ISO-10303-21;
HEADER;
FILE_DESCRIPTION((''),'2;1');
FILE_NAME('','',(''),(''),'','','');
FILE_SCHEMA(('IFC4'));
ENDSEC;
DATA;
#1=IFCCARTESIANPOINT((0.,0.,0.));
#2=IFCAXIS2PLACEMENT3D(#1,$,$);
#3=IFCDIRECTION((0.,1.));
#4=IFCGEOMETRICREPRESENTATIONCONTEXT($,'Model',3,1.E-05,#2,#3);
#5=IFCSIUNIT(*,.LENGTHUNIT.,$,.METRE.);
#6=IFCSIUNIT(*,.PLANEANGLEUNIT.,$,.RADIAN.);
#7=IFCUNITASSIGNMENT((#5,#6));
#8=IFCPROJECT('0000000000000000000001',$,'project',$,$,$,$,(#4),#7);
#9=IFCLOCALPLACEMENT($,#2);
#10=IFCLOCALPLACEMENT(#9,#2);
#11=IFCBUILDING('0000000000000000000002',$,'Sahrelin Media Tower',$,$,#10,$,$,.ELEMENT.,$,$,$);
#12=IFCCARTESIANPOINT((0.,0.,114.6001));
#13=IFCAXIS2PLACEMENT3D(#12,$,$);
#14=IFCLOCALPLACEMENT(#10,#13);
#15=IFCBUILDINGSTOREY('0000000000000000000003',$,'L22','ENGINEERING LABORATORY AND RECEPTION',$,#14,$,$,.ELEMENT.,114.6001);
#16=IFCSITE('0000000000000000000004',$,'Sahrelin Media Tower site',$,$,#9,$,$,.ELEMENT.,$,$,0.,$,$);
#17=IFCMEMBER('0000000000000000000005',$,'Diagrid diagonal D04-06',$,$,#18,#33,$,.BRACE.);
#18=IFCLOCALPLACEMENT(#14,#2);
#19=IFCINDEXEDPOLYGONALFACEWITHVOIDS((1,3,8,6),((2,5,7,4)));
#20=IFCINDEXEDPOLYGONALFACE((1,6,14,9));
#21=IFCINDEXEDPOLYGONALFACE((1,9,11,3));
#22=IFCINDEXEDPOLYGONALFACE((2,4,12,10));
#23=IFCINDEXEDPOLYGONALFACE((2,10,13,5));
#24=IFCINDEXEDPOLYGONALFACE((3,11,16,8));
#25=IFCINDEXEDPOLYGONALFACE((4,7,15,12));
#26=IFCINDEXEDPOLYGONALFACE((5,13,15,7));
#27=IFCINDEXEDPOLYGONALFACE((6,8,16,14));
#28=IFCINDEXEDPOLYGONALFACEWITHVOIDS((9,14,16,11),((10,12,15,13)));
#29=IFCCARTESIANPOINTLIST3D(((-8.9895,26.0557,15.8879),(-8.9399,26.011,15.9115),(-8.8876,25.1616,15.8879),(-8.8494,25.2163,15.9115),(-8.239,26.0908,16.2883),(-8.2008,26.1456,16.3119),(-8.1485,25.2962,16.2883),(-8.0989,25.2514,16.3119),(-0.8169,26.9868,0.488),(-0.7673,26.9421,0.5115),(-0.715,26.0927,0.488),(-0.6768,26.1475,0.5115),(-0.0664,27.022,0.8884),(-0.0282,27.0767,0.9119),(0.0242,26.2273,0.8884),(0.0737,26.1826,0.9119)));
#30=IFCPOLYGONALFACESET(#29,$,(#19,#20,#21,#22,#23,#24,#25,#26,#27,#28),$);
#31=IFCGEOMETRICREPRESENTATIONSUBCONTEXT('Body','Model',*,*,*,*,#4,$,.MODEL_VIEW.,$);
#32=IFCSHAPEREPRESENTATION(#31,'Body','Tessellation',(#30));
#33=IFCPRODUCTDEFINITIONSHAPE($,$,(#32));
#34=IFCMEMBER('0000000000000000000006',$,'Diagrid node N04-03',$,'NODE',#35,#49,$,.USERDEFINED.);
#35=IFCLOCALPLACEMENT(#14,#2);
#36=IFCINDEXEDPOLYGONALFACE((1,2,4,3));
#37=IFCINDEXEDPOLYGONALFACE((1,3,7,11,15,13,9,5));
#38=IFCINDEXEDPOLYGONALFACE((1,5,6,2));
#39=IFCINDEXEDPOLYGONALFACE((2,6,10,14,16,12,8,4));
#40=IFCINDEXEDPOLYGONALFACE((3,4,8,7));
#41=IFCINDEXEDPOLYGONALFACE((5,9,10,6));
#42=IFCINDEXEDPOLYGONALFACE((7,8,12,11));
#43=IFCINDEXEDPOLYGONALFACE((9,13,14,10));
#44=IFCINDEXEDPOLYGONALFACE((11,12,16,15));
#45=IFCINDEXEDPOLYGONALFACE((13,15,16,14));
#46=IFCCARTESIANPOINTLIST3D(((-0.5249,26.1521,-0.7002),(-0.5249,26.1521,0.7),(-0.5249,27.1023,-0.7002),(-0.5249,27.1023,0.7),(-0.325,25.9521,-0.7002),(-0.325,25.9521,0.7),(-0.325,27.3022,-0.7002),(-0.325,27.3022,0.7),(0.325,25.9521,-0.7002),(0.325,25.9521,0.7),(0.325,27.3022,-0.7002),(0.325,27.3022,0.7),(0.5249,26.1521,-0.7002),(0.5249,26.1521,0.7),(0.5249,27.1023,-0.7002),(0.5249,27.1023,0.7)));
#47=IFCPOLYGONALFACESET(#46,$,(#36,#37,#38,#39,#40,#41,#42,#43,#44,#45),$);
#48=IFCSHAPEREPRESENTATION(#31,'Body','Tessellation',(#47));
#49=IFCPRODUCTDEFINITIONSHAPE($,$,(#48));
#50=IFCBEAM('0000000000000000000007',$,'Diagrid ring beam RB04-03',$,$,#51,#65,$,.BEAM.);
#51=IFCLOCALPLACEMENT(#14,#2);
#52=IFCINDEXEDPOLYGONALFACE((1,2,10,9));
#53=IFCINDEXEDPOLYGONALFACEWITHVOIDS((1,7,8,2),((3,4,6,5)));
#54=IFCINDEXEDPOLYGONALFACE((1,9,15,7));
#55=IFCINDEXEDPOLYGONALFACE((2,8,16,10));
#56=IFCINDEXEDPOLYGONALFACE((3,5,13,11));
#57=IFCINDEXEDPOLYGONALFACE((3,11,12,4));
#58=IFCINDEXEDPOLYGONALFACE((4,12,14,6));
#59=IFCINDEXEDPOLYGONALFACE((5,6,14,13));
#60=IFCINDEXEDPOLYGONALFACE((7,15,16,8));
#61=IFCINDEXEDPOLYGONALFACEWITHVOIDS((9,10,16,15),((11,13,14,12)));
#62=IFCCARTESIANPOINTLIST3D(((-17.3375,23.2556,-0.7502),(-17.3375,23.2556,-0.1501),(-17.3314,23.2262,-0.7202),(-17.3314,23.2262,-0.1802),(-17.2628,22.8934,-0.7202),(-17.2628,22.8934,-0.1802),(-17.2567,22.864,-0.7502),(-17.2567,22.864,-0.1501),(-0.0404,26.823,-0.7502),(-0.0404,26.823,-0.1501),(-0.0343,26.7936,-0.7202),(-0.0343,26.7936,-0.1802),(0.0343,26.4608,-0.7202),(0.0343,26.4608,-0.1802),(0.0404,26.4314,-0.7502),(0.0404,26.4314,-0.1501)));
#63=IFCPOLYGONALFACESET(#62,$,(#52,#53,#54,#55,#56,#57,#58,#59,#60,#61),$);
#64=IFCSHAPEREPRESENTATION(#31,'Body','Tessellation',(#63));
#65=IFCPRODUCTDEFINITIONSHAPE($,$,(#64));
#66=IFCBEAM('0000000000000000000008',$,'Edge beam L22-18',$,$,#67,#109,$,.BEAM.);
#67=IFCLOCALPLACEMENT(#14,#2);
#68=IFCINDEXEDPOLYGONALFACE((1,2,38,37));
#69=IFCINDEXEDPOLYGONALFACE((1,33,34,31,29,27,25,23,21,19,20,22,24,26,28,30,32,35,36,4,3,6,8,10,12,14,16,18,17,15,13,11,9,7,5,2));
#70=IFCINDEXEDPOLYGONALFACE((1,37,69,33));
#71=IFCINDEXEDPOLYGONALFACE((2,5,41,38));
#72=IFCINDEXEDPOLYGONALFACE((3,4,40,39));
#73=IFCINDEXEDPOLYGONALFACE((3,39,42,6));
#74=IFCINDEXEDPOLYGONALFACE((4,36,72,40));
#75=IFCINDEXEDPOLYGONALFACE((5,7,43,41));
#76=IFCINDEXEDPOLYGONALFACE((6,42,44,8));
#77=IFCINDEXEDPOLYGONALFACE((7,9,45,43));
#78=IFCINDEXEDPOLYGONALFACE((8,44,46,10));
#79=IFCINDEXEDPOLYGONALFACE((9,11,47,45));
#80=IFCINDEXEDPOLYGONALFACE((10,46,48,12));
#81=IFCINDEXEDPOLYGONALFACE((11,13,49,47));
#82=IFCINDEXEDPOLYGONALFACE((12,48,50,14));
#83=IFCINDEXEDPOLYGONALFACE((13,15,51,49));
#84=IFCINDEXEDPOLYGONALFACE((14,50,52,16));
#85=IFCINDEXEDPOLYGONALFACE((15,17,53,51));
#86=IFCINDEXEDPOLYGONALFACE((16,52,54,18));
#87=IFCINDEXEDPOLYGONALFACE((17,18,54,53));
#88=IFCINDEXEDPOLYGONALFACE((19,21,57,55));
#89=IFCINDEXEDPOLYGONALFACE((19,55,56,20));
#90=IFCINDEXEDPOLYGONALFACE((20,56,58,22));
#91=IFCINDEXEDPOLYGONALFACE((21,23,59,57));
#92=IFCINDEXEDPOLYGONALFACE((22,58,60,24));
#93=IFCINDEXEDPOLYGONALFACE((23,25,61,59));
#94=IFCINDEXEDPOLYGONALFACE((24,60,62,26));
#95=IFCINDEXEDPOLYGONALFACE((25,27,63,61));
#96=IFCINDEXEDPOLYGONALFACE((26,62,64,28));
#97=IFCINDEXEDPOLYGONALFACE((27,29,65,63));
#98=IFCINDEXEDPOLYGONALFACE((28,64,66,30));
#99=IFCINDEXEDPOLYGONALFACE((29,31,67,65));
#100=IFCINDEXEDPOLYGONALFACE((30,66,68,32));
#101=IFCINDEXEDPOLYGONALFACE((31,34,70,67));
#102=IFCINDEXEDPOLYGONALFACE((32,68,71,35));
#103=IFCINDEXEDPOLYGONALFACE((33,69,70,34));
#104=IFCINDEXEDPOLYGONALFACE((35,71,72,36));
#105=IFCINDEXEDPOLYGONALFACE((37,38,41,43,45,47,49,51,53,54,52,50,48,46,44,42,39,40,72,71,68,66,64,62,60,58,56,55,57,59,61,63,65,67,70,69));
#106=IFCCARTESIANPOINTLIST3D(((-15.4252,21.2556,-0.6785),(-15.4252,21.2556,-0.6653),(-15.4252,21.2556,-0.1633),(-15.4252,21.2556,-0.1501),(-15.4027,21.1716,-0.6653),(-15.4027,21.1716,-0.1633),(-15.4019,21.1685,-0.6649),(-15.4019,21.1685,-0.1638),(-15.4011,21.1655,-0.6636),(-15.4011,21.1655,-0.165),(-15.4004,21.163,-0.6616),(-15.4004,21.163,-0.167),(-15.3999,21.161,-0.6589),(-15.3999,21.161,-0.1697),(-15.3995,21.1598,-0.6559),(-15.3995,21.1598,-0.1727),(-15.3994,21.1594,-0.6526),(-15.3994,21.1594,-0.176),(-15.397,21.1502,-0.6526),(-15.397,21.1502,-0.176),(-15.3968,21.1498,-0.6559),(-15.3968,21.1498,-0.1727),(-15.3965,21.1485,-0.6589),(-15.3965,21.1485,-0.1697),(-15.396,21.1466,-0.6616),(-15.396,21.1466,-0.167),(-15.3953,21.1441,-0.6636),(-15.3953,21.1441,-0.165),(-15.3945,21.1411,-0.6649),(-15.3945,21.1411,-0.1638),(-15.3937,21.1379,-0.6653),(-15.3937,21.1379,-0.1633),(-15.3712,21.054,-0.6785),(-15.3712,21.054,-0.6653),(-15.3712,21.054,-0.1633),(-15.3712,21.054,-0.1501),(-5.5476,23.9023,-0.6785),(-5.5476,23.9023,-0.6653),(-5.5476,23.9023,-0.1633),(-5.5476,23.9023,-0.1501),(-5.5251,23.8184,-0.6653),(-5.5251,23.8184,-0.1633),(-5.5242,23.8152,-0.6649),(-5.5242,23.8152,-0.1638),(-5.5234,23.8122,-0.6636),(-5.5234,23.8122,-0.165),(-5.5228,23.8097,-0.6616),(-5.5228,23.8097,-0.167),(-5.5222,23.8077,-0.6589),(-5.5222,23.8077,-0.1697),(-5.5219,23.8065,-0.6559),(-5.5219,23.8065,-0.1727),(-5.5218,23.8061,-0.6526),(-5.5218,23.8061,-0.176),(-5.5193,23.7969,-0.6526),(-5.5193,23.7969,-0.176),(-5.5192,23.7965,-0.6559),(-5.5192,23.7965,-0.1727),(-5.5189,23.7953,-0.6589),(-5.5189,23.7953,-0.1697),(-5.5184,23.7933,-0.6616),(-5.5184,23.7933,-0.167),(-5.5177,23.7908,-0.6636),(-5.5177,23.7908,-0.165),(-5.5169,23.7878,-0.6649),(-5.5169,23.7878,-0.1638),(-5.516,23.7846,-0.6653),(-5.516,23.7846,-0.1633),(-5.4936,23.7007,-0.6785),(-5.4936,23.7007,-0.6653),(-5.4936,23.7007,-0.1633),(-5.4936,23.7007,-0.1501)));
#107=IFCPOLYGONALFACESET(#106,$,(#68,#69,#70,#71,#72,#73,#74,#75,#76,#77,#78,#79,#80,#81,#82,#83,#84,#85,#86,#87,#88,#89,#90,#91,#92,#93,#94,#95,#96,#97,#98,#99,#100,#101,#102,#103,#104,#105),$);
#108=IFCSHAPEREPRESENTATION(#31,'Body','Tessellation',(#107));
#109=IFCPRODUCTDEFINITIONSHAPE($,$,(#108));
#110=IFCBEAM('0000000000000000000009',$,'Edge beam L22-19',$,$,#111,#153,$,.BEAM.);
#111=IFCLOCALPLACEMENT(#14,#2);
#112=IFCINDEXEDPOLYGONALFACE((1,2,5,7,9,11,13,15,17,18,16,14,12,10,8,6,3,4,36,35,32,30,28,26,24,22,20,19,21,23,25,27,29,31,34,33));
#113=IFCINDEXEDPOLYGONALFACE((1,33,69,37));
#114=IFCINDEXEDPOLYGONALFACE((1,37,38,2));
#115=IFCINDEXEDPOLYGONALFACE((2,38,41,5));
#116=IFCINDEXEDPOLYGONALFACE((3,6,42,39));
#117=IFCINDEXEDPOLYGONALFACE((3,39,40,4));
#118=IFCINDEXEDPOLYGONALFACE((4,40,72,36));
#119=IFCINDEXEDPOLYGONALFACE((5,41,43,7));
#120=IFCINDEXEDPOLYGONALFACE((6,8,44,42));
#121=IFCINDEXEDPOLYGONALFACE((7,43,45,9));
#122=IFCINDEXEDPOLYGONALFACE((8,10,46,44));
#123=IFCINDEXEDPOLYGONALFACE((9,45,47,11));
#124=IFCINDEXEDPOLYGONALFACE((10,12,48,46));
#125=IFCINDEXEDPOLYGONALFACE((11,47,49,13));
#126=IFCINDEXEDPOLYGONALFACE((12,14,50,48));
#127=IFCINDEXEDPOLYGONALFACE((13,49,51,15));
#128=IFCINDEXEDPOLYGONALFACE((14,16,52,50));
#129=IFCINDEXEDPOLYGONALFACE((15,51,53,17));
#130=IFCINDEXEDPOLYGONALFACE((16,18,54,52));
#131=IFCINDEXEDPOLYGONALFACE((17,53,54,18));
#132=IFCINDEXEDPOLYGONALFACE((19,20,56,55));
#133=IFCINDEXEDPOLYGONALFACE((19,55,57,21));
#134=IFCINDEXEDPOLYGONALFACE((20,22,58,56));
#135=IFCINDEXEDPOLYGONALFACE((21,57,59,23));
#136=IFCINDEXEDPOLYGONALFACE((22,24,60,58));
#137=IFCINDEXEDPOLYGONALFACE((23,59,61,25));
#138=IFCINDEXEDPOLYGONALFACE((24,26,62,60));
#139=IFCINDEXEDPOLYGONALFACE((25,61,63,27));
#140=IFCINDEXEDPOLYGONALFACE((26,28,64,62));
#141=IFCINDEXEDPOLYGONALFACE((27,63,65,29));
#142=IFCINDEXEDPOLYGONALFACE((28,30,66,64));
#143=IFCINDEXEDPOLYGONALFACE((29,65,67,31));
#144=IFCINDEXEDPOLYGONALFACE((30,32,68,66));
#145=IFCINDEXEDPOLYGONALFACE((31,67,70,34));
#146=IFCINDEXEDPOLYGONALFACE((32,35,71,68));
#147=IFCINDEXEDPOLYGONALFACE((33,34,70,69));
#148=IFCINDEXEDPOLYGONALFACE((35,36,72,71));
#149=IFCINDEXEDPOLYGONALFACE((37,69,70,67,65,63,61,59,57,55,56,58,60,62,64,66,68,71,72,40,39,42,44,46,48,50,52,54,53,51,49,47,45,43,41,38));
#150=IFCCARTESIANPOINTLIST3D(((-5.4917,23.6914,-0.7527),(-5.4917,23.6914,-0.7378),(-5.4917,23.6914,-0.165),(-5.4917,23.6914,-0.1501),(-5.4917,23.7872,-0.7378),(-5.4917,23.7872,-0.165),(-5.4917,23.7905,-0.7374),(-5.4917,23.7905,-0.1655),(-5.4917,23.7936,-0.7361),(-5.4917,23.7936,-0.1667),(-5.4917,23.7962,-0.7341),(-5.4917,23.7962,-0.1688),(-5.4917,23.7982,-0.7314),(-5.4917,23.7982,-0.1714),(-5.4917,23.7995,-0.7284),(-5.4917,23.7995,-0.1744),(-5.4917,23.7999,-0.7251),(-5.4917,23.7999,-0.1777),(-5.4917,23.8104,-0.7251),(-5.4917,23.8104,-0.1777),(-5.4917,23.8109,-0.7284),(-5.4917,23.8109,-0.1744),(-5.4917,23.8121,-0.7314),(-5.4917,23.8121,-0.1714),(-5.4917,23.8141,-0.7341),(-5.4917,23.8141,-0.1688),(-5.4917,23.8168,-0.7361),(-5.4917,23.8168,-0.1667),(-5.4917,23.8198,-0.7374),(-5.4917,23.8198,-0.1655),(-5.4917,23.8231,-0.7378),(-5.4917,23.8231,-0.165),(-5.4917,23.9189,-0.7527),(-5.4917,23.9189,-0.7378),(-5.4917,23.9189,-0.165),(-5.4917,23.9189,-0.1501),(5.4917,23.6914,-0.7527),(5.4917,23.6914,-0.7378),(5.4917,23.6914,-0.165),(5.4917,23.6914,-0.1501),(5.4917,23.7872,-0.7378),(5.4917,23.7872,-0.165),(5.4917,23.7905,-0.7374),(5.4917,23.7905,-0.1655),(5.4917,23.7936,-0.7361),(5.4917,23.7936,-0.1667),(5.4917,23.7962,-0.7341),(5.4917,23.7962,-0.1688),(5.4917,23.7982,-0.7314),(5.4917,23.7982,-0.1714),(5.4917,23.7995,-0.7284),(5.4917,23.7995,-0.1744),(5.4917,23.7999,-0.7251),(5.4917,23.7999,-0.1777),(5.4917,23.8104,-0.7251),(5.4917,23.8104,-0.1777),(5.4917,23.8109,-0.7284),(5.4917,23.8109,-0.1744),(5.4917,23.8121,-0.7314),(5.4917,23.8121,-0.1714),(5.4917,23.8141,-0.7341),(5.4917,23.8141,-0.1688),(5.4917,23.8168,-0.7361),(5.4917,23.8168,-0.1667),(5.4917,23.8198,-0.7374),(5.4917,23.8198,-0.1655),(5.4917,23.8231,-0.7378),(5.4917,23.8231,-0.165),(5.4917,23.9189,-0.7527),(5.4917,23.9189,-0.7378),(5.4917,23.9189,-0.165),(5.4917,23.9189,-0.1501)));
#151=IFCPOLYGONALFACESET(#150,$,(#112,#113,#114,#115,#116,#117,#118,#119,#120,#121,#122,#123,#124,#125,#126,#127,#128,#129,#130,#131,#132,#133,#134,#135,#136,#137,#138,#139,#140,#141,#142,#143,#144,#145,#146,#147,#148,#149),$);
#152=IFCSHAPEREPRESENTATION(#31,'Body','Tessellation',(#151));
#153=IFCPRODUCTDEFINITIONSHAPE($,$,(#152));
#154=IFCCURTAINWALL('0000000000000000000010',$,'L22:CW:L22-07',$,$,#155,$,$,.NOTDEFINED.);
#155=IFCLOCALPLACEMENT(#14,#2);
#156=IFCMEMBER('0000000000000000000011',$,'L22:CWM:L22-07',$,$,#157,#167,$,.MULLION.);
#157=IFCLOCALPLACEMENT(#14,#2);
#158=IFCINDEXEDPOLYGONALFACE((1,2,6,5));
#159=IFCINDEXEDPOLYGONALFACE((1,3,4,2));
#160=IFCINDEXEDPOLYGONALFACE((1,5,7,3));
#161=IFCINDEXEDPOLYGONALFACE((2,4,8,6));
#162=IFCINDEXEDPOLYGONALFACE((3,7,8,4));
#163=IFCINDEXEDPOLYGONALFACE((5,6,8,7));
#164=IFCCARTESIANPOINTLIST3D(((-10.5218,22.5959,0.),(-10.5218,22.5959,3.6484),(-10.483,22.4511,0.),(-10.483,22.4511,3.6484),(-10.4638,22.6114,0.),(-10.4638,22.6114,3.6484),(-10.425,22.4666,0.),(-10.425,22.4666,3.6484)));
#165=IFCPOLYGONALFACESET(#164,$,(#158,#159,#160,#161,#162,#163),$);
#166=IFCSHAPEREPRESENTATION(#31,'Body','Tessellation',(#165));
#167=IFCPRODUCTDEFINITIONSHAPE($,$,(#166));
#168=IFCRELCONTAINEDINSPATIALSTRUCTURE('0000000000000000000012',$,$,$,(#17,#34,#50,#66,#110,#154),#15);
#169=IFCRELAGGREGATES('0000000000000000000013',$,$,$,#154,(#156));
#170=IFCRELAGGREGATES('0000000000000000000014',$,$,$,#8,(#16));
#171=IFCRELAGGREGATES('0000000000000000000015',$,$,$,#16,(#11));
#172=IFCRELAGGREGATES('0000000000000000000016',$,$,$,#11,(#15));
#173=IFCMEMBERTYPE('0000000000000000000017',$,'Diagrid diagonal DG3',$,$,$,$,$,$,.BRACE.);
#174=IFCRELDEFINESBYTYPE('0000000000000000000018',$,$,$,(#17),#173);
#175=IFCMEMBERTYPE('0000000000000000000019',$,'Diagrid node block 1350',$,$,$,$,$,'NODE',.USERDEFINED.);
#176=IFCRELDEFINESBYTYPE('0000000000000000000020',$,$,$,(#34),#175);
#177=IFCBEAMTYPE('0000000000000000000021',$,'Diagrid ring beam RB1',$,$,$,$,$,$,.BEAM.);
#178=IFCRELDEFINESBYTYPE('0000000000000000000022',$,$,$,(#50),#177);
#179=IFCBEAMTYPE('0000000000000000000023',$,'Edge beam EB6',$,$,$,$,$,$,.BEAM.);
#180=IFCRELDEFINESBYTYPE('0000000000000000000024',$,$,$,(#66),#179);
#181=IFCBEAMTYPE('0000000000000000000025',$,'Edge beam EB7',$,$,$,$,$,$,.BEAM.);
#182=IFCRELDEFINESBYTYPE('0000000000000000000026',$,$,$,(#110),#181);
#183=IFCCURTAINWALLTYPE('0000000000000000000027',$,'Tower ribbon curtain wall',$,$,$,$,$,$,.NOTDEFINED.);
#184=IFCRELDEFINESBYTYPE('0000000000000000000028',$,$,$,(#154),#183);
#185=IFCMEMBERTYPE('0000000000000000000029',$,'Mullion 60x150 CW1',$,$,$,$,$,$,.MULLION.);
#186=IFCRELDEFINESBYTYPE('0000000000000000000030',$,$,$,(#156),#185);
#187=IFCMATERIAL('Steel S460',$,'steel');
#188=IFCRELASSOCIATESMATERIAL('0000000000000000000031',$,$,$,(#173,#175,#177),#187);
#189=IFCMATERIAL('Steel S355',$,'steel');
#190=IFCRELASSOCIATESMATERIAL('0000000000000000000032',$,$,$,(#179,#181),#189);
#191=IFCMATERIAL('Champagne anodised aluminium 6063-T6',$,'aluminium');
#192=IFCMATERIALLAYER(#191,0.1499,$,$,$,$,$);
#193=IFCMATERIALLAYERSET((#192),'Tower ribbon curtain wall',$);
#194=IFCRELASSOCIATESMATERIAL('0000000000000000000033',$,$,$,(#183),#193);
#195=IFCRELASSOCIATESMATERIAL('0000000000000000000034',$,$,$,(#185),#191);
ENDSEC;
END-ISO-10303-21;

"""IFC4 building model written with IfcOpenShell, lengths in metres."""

from ifc_helpers import new_model, si_unit, direction, frame, origin, origin_2d, place, context, subcontext, project, spatial, polyline, rectangle, hollow_rectangle, i_section, outline, extrude, material, layer, layer_set, material_profile, profile_set, type_object, element, aggregate, save


model = new_model("IFC4")

# Units and contexts
model_context = context("Model", 3, precision=1e-05, world=origin(), true_north=direction((0.0, 1.0)))
body_context = subcontext(model_context, "Body", "Model", "MODEL_VIEW")
ifc_project = project(units=[si_unit("LENGTHUNIT", "METRE"), si_unit("PLANEANGLEUNIT", "RADIAN")], contexts=[model_context])

# Site, building, storey
site_placement = place(None, origin())
site = spatial("IfcSite", under=ifc_project, at=site_placement, Name="Sahrelin Media Tower site", CompositionType="ELEMENT", RefElevation=0.0)
building_placement = place(site_placement, origin())
building = spatial("IfcBuilding", under=site, at=building_placement, Name="Sahrelin Media Tower", CompositionType="ELEMENT")
storey_placement = place(building_placement, frame((0.0, 0.0, 114.6001)))
storey = spatial("IfcBuildingStorey", under=building, at=storey_placement, Name="L22", Description="ENGINEERING LABORATORY AND RECEPTION", CompositionType="ELEMENT", Elevation=114.6001)

# Members
ifc_material_1 = material(Name="Steel S460", Category="steel")
ifc_material_profile_1 = material_profile(ifc_material_1, hollow_rectangle(XDim=0.8999, YDim=0.8999, WallThickness=0.05, at=origin_2d()), Name="Diagrid diagonal DG3")
ifc_profile_set_1 = profile_set([ifc_material_profile_1], Name="Steel S460")
member_type_1 = type_object("IfcMemberType", Name="Diagrid diagonal DG3", PredefinedType="BRACE", material=ifc_profile_set_1)
member_1_placement = place(storey_placement, frame((-0.3716, 26.5847, 0.7), z_axis=(-0.468104, -0.053334, 0.882063), x_axis=(0.113203, -0.993572, 0.0)))
element("IfcMember", 1, at=member_1_placement, inside=storey, type_object=member_type_1, Name="Diagrid diagonal D04-06", PredefinedType="BRACE", context=body_context, shape_type="SweptSolid", body=[
    extrude(hollow_rectangle(XDim=0.8999, YDim=0.8999, WallThickness=0.05, at=origin_2d()), origin(), (0.0, 0.0, 1.0), 17.459),
])
ifc_material_profile_2 = material_profile(ifc_material_1, outline(polyline([(0.4751, -0.5249), (0.675, -0.325), (0.675, 0.325), (0.4751, 0.5249), (-0.4751, 0.5249), (-0.675, 0.325), (-0.675, -0.325), (-0.4751, -0.5249), (0.4751, -0.5249)])), Name="Diagrid node block 1350")
ifc_profile_set_2 = profile_set([ifc_material_profile_2], Name="Steel S460")
member_type_2 = type_object("IfcMemberType", Name="Diagrid node block 1350", ElementType="NODE", PredefinedType="USERDEFINED", material=ifc_profile_set_2)
member_2_placement = place(storey_placement, frame((0.0, 26.6272, -0.7002), z_axis=(0.0, 0.0, 1.0), x_axis=(0.0, 1.0, 0.0)))
element("IfcMember", 2, at=member_2_placement, inside=storey, type_object=member_type_2, Name="Diagrid node N04-03", ObjectType="NODE", PredefinedType="USERDEFINED", context=body_context, shape_type="SweptSolid", body=[
    extrude(outline(polyline([(0.4751, -0.5249), (0.675, -0.325), (0.675, 0.325), (0.4751, 0.5249), (-0.4751, 0.5249), (-0.675, 0.325), (-0.675, -0.325), (-0.4751, -0.5249), (0.4751, -0.5249)])), origin(), (0.0, 0.0, 1.0), 1.4001),
])

# Beams
ifc_material_profile_3 = material_profile(ifc_material_1, hollow_rectangle(XDim=0.3999, YDim=0.6001, WallThickness=0.03, at=origin_2d()), Name="Diagrid ring beam RB1")
ifc_profile_set_3 = profile_set([ifc_material_profile_3], Name="Steel S460")
beam_type_1 = type_object("IfcBeamType", Name="Diagrid ring beam RB1", PredefinedType="BEAM", material=ifc_profile_set_3)
beam_1_placement = place(storey_placement, frame((0.0, 26.6272, -0.4502), z_axis=(-0.979388, -0.20199, 0.0), x_axis=(0.20199, -0.979388, 0.0)))
element("IfcBeam", 3, at=beam_1_placement, inside=storey, type_object=beam_type_1, Name="Diagrid ring beam RB04-03", PredefinedType="BEAM", context=body_context, shape_type="SweptSolid", body=[
    extrude(hollow_rectangle(XDim=0.3999, YDim=0.6001, WallThickness=0.03, at=origin_2d()), origin(), (0.0, 0.0, 1.0), 17.6611),
])
ifc_material_2 = material(Name="Steel S355", Category="steel")
ifc_material_profile_4 = material_profile(ifc_material_2, i_section(OverallWidth=0.2087, OverallDepth=0.5283, WebThickness=0.0095, FlangeThickness=0.0132, FilletRadius=0.0127, at=origin_2d()), Name="UB 533x210x82")
ifc_profile_set_4 = profile_set([ifc_material_profile_4], Name="Steel S355")
beam_type_2 = type_object("IfcBeamType", Name="Edge beam EB6", PredefinedType="BEAM", material=ifc_profile_set_4)
beam_2_placement = place(storey_placement, frame((-15.3982, 21.1548, -0.4143), z_axis=(0.965926, 0.25882, 0.0), x_axis=(-0.25882, 0.965926, 0.0)))
element("IfcBeam", 4, at=beam_2_placement, inside=storey, type_object=beam_type_2, Name="Edge beam L22-18", PredefinedType="BEAM", context=body_context, shape_type="SweptSolid", body=[
    extrude(i_section(OverallWidth=0.2087, OverallDepth=0.5283, WebThickness=0.0095, FlangeThickness=0.0132, FilletRadius=0.0127, at=origin_2d()), origin(), (0.0, 0.0, 1.0), 10.2261),
])
ifc_material_profile_5 = material_profile(ifc_material_2, i_section(OverallWidth=0.2275, OverallDepth=0.6025, WebThickness=0.0105, FlangeThickness=0.0149, FilletRadius=0.0127, at=origin_2d()), Name="UB 610x229x101")
ifc_profile_set_5 = profile_set([ifc_material_profile_5], Name="Steel S355")
beam_type_3 = type_object("IfcBeamType", Name="Edge beam EB7", PredefinedType="BEAM", material=ifc_profile_set_5)
beam_3_placement = place(storey_placement, frame((-5.4917, 23.8052, -0.4514), z_axis=(1.0, 0.0, 0.0), x_axis=(0.0, 1.0, 0.0)))
element("IfcBeam", 5, at=beam_3_placement, inside=storey, type_object=beam_type_3, Name="Edge beam L22-19", PredefinedType="BEAM", context=body_context, shape_type="SweptSolid", body=[
    extrude(i_section(OverallWidth=0.2275, OverallDepth=0.6025, WebThickness=0.0105, FlangeThickness=0.0149, FilletRadius=0.0127, at=origin_2d()), origin(), (0.0, 0.0, 1.0), 10.9834),
])

# Curtain wall, member
ifc_material_3 = material(Name="Champagne anodised aluminium 6063-T6", Category="aluminium")
ifc_layer_1 = layer(ifc_material_3, 0.1499)
ifc_layer_set_1 = layer_set([ifc_layer_1], Name="Tower ribbon curtain wall")
curtain_wall_type = type_object("IfcCurtainWallType", Name="Tower ribbon curtain wall", PredefinedType="NOTDEFINED", material=ifc_layer_set_1)
curtain_wall_1_placement = place(storey_placement, frame((-10.498, 22.6228, 0.0), z_axis=(0.0, 0.0, 1.0), x_axis=(1.0, 0.0, 0.0)))
curtain_wall_1 = element("IfcCurtainWall", 6, at=curtain_wall_1_placement, inside=storey, type_object=curtain_wall_type, Name="L22:CW:L22-07", PredefinedType="NOTDEFINED")
ifc_material_profile_6 = material_profile(ifc_material_3, rectangle(XDim=0.0601, YDim=0.1499, at=origin_2d()), Name="Mullion 60x150")
ifc_profile_set_6 = profile_set([ifc_material_profile_6], Name="Champagne anodised aluminium 6063-T6")
member_type_3 = type_object("IfcMemberType", Name="Mullion 60x150 CW1", PredefinedType="MULLION", material=ifc_profile_set_6)
member_3_placement = place(storey_placement, frame((-10.4734, 22.5312, 0.0), z_axis=(0.0, 0.0, 1.0), x_axis=(-0.965925, -0.258821, 0.0)))
member_3 = element("IfcMember", 7, at=member_3_placement, type_object=member_type_3, Name="L22:CWM:L22-07", PredefinedType="MULLION", context=body_context, shape_type="SweptSolid", body=[
    extrude(rectangle(XDim=0.0601, YDim=0.1499, at=origin_2d()), origin(), (0.0, 0.0, 1.0), 3.6484),
])

aggregate(curtain_wall_1, [member_3])

save(model, "model.ifc")
